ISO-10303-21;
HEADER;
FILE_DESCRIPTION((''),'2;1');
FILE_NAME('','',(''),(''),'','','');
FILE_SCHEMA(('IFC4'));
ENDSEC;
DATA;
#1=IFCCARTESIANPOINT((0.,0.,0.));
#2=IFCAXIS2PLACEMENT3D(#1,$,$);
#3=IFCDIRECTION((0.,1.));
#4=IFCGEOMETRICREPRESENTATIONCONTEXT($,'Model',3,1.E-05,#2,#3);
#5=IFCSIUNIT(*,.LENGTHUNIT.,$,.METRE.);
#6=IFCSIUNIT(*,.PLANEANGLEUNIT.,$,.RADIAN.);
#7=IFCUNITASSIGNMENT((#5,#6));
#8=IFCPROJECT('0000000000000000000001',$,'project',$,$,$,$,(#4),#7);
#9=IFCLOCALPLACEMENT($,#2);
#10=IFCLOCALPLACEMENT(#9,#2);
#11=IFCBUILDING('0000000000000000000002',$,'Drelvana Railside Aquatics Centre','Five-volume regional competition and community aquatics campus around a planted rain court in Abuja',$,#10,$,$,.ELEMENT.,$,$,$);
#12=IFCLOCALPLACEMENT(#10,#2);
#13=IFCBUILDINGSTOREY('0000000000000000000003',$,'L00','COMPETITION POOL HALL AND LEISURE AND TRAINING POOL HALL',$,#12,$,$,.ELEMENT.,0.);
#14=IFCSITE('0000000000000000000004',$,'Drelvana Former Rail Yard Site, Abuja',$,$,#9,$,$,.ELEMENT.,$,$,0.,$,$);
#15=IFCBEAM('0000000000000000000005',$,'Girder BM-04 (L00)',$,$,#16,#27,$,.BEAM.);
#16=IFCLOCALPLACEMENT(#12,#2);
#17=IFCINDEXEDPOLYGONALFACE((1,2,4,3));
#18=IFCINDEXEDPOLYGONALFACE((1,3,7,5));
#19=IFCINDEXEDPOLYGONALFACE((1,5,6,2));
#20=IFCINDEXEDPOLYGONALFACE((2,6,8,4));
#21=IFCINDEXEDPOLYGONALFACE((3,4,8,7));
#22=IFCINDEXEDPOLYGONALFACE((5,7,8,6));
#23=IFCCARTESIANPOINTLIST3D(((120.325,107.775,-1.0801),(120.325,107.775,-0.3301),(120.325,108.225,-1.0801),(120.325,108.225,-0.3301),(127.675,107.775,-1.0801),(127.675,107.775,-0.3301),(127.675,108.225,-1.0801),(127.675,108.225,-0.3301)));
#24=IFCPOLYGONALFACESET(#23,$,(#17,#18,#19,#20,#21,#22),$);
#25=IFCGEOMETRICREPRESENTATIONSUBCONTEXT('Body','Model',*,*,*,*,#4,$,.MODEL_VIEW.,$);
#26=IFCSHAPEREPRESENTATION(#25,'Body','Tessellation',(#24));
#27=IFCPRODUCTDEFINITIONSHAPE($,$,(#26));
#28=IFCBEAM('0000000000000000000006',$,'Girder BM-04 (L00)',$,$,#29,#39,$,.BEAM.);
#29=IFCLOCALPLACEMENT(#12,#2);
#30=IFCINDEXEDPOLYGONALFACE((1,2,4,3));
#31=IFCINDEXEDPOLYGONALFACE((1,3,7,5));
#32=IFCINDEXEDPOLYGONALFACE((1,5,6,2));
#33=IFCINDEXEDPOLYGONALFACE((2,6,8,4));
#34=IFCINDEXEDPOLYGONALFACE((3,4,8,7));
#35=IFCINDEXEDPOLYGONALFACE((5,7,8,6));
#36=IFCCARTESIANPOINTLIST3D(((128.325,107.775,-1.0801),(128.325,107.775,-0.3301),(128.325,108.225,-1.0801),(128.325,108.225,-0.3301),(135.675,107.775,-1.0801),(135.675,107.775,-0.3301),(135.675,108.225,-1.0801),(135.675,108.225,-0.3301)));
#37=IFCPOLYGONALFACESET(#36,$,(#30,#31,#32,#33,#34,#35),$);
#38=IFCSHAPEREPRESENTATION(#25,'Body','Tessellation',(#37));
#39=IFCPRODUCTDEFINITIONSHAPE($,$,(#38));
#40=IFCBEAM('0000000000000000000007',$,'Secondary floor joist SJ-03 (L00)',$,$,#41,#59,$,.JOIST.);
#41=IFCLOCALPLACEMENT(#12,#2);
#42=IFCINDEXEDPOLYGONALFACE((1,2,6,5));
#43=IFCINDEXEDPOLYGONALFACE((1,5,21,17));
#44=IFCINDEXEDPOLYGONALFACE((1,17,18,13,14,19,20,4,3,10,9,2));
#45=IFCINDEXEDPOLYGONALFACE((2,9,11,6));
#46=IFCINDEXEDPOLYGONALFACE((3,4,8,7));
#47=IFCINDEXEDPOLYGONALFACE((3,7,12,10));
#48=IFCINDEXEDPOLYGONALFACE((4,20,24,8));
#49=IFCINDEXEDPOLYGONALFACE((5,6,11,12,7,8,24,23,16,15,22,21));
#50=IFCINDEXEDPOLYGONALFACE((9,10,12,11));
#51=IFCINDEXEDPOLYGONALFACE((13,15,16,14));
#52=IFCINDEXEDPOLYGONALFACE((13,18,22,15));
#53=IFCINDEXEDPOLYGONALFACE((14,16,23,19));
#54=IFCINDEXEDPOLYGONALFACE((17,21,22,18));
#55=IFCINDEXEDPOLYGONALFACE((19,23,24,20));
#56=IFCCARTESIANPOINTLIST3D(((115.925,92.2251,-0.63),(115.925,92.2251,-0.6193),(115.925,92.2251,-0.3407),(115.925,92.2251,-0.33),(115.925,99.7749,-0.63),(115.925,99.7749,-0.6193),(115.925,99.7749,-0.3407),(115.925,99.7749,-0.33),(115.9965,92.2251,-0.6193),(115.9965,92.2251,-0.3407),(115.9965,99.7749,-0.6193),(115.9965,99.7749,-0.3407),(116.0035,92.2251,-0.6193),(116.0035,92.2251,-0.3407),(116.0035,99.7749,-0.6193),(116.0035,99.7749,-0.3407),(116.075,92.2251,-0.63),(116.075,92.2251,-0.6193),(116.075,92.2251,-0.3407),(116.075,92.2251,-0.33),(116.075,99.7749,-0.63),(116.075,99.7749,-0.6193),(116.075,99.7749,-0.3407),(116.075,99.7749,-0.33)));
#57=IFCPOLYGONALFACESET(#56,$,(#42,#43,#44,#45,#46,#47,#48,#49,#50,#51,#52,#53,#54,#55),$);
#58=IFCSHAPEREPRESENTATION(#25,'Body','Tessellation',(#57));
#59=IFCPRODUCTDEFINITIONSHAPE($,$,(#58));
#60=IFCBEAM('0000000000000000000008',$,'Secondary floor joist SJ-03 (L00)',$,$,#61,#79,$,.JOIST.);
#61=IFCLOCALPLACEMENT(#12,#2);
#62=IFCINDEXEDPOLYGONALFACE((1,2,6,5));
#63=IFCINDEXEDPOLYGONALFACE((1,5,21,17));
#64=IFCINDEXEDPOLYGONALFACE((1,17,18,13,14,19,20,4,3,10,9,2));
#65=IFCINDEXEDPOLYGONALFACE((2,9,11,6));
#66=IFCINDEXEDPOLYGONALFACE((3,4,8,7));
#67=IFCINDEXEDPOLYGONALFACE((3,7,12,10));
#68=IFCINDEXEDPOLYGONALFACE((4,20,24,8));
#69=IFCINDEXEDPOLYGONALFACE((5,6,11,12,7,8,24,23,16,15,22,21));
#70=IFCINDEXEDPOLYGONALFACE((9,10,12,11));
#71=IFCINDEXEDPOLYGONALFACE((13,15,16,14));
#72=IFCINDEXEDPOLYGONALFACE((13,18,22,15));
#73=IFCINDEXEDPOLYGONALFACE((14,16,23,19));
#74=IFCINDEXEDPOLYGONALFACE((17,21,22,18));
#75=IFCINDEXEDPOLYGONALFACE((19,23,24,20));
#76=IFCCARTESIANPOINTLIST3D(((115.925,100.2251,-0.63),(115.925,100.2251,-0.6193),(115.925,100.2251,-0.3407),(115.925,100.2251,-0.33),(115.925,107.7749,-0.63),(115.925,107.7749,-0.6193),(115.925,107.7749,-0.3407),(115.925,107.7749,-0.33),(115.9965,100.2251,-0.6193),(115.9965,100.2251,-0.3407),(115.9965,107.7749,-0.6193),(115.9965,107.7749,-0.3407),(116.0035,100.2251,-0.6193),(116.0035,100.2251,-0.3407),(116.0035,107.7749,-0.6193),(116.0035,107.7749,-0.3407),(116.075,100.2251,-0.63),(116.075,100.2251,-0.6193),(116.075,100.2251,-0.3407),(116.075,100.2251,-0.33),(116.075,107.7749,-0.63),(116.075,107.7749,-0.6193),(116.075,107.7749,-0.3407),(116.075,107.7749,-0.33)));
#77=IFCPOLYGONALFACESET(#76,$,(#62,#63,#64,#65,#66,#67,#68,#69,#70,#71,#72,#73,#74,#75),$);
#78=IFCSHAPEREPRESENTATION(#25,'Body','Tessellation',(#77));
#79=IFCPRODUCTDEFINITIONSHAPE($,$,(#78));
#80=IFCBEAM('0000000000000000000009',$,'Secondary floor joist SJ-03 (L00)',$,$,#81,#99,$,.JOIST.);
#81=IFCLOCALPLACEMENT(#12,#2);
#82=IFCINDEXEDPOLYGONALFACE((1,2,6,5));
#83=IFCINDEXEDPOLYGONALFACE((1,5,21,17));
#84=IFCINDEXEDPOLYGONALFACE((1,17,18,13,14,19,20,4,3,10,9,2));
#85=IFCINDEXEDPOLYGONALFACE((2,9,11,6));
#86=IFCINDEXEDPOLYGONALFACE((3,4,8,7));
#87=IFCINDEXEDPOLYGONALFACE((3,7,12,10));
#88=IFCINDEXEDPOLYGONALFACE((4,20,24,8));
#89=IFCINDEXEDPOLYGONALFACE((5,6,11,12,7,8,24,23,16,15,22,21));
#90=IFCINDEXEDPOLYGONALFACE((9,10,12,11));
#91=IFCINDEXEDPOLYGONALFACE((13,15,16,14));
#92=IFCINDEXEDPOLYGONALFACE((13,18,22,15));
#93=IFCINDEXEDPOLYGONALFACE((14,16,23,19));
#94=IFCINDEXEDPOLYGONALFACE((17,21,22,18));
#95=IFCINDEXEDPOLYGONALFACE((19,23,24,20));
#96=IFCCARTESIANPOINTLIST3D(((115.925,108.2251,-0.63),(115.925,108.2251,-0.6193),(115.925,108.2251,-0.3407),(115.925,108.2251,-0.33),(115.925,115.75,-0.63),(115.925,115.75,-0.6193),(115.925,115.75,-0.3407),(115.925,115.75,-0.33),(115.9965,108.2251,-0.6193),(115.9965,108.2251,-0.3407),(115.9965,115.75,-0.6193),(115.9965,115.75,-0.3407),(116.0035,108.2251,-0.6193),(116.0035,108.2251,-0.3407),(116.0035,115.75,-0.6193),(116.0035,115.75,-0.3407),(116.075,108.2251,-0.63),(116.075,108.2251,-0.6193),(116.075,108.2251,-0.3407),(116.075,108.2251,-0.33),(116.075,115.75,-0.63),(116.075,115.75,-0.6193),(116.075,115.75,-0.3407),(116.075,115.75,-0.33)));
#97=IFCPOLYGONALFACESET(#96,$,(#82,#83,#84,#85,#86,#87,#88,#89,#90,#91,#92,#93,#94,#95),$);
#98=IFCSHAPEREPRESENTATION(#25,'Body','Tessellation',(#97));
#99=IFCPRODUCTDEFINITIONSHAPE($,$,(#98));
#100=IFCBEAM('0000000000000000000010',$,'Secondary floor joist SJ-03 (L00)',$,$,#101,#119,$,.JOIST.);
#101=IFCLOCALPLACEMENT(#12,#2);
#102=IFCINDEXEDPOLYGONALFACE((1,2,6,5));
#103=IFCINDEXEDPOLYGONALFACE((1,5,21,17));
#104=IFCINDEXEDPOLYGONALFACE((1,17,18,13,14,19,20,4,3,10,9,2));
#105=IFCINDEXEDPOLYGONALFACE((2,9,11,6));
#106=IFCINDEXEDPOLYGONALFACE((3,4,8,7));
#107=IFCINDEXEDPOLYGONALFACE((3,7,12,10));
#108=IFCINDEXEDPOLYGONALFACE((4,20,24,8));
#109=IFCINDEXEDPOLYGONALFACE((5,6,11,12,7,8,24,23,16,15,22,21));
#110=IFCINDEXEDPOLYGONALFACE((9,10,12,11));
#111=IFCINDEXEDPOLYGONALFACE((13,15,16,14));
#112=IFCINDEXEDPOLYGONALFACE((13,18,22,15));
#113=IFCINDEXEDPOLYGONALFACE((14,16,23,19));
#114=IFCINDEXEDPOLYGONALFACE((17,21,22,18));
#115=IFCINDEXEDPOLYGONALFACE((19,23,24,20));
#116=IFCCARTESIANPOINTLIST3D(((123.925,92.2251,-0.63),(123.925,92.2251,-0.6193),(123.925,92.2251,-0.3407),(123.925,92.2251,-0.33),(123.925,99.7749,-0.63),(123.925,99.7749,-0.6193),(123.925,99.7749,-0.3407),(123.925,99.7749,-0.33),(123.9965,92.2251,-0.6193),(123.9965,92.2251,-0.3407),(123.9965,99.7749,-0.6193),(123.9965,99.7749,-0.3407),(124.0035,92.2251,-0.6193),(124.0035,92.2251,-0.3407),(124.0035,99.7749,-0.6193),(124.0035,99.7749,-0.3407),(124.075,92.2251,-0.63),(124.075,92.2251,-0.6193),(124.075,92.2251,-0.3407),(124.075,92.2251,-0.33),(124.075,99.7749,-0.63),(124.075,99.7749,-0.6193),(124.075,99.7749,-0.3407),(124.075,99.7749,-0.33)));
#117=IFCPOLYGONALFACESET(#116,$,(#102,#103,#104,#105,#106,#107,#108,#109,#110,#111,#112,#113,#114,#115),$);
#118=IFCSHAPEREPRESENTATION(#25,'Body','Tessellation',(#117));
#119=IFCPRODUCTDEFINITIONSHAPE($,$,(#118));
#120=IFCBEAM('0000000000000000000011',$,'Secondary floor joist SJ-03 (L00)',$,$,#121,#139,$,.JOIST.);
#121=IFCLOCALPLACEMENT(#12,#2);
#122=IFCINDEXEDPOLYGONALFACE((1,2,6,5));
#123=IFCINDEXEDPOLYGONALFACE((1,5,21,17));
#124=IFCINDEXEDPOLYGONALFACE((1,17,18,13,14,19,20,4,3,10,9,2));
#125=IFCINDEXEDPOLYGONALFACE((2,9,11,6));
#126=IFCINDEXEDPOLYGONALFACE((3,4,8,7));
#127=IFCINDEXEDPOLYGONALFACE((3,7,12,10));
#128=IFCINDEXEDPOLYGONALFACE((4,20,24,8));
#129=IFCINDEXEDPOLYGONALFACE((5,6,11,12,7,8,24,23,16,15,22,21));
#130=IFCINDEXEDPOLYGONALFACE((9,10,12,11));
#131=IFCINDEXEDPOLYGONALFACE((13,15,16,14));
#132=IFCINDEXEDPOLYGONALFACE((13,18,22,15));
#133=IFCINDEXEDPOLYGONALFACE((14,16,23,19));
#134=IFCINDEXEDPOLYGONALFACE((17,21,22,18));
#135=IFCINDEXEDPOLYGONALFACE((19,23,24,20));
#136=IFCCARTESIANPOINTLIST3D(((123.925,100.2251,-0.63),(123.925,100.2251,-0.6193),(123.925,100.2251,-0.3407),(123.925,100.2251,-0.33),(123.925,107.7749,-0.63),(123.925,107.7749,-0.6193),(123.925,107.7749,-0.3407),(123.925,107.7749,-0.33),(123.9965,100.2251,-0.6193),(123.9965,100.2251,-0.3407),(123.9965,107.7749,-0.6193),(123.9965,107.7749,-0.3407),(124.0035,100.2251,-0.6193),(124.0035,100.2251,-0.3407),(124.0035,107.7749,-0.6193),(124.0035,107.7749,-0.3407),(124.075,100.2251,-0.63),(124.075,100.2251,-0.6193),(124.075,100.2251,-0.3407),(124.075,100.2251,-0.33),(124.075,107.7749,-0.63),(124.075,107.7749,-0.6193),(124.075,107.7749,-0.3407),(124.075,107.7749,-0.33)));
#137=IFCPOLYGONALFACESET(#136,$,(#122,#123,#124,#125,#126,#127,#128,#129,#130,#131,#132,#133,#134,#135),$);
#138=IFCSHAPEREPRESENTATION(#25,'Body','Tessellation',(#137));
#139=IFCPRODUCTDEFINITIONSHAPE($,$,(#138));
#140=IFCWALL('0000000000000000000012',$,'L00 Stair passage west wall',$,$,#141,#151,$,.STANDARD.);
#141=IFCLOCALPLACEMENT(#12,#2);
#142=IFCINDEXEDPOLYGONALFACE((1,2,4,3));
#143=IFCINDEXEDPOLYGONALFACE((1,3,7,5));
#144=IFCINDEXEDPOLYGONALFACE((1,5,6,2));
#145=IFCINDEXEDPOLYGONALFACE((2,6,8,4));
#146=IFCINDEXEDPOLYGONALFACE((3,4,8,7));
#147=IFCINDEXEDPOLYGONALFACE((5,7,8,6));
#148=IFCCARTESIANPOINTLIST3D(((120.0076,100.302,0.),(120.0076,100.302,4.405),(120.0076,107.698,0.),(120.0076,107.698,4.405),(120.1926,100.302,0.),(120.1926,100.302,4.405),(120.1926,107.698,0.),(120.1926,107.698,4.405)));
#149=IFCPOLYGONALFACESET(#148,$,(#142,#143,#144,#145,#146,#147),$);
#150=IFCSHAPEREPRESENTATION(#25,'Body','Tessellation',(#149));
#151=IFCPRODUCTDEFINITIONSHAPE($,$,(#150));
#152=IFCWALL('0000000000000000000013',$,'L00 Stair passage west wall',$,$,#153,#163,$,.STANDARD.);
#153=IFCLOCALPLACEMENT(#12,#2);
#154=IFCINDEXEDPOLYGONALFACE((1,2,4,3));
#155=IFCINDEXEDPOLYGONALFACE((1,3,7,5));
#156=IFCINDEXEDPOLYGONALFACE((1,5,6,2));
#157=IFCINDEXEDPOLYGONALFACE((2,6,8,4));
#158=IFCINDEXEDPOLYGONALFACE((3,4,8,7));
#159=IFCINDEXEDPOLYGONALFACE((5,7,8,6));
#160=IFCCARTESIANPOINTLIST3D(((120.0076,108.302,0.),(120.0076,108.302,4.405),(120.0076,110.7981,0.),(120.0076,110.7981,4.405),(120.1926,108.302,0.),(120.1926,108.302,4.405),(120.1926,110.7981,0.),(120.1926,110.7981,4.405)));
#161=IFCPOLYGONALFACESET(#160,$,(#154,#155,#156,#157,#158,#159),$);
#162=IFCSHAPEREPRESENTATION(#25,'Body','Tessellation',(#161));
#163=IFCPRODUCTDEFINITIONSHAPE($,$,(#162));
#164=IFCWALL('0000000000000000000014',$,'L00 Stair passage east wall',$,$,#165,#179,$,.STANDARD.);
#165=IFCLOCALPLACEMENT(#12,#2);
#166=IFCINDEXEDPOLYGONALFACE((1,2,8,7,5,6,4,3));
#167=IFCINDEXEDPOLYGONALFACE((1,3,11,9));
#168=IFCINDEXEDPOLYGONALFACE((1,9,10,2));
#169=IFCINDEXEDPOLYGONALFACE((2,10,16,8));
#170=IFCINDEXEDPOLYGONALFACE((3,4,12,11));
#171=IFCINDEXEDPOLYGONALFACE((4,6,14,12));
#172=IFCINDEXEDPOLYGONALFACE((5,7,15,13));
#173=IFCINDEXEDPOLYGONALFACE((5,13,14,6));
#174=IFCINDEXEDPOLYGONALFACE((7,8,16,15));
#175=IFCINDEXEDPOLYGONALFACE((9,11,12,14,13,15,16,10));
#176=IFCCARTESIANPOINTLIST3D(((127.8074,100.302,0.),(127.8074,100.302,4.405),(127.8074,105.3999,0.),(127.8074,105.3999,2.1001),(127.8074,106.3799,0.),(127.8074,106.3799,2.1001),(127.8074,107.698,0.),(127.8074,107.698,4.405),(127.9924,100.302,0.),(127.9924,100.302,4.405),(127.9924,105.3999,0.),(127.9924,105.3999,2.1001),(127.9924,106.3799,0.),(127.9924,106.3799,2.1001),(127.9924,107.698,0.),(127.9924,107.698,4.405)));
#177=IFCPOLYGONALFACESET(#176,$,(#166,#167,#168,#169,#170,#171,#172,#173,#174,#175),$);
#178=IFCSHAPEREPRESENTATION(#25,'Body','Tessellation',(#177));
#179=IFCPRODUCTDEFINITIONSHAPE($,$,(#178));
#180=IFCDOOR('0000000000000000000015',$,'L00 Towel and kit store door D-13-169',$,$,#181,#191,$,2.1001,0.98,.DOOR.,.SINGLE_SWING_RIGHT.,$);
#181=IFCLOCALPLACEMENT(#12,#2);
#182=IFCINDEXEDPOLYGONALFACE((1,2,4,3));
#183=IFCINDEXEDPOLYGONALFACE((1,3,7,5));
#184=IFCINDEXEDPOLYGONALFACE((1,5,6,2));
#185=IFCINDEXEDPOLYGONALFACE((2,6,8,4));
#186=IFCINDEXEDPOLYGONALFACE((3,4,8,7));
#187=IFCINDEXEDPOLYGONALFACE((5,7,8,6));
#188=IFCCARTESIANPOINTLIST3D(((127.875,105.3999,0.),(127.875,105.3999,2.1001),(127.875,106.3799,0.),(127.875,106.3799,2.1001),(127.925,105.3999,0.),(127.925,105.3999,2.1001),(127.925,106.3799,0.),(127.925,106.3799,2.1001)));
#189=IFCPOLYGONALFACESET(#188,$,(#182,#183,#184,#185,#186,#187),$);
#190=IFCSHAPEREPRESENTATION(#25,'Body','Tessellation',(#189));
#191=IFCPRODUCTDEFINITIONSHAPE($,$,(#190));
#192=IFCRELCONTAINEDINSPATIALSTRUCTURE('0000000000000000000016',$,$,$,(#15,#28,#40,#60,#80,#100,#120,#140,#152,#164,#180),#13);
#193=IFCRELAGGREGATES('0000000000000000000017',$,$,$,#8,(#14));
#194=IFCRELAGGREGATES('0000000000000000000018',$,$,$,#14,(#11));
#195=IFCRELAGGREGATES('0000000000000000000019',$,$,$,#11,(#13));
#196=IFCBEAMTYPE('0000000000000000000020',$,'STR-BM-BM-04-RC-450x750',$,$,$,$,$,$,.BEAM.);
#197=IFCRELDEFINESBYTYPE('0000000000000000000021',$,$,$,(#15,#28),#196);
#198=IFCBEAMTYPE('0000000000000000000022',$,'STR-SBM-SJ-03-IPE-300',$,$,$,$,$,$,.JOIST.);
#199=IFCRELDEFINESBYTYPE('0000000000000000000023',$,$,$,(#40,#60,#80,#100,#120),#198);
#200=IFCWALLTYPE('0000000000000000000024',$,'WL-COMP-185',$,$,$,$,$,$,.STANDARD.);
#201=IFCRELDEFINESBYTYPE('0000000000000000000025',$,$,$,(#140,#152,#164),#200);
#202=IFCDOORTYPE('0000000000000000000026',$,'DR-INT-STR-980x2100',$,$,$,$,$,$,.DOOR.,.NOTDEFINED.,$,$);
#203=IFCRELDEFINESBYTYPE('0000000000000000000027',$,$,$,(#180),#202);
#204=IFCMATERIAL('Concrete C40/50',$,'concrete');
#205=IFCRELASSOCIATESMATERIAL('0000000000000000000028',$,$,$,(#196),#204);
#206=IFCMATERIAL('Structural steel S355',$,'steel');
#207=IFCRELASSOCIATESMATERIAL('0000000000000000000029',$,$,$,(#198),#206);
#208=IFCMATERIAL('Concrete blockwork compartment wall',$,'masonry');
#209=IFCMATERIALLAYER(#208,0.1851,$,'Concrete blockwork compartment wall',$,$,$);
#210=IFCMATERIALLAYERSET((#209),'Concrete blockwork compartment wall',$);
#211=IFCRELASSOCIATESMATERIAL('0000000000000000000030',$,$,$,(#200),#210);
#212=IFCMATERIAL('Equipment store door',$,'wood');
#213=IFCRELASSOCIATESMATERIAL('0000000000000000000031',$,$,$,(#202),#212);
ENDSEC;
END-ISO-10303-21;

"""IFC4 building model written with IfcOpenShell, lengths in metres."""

from ifc_helpers import new_model, si_unit, direction, frame, frame_2d, origin, origin_2d, place, context, subcontext, project, spatial, rectangle, i_section, extrude, material, layer, layer_set, material_profile, profile_set, type_object, element, fill, save


model = new_model("IFC4")

# Units and contexts
model_context = context("Model", 3, precision=1e-05, world=origin(), true_north=direction((0.0, 1.0)))
body_context = subcontext(model_context, "Body", "Model", "MODEL_VIEW")
ifc_project = project(units=[si_unit("LENGTHUNIT", "METRE"), si_unit("PLANEANGLEUNIT", "RADIAN")], contexts=[model_context])

# Site, building, storey
site_placement = place(None, origin())
site = spatial("IfcSite", under=ifc_project, at=site_placement, Name="Drelvana Former Rail Yard Site, Abuja", CompositionType="ELEMENT", RefElevation=0.0)
building_placement = place(site_placement, origin())
building = spatial("IfcBuilding", under=site, at=building_placement, Name="Drelvana Railside Aquatics Centre", Description="Five-volume regional competition and community aquatics campus around a planted rain court in Abuja", CompositionType="ELEMENT")
storey_placement = place(building_placement, origin())
storey = spatial("IfcBuildingStorey", under=building, at=storey_placement, Name="L00", Description="COMPETITION POOL HALL AND LEISURE AND TRAINING POOL HALL", CompositionType="ELEMENT", Elevation=0.0)

# Shared definitions
ifc_material_1 = material(Name="Concrete C40/50", Category="concrete")

# Beams
ifc_material_profile_1 = material_profile(ifc_material_1, rectangle(XDim=0.45, YDim=0.75, at=origin_2d()), Name="RC 450x750")
ifc_profile_set_1 = profile_set([ifc_material_profile_1], Name="Concrete C40/50")
beam_type_1 = type_object("IfcBeamType", Name="STR-BM-BM-04-RC-450x750", PredefinedType="BEAM", material=ifc_profile_set_1)
for number, where, z_axis, x_axis, name in (
    (1, (120.325, 108.0, -0.7051), (1.0, 0.0, 0.0), (0.0, 1.0, 0.0), "Girder BM-04 (L00)"),
    (2, (128.325, 108.0, -0.7051), (1.0, 0.0, 0.0), (0.0, 1.0, 0.0), "Girder BM-04 (L00)"),
):
    element("IfcBeam", number, at=place(storey_placement, frame(where, z_axis=z_axis, x_axis=x_axis)), inside=storey, type_object=beam_type_1, Name=name, PredefinedType="BEAM", context=body_context, shape_type="SweptSolid", body=[
        extrude(rectangle(XDim=0.45, YDim=0.75, at=origin_2d()), origin(), (0.0, 0.0, 1.0), 7.3501),
    ])
ifc_material_2 = material(Name="Structural steel S355", Category="steel")
ifc_material_profile_2 = material_profile(ifc_material_2, i_section(OverallWidth=0.1499, OverallDepth=0.3, WebThickness=0.0071, FlangeThickness=0.0107, at=origin_2d()), Name="IPE 300")
ifc_profile_set_2 = profile_set([ifc_material_profile_2], Name="Structural steel S355")
beam_type_2 = type_object("IfcBeamType", Name="STR-SBM-SJ-03-IPE-300", PredefinedType="JOIST", material=ifc_profile_set_2)
for number, where, z_axis, x_axis, name in (
    (3, (116.0, 92.2251, -0.48), (0.0, 1.0, 0.0), (-1.0, 0.0, 0.0), "Secondary floor joist SJ-03 (L00)"),
    (4, (116.0, 100.2251, -0.48), (0.0, 1.0, 0.0), (-1.0, 0.0, 0.0), "Secondary floor joist SJ-03 (L00)"),
):
    element("IfcBeam", number, at=place(storey_placement, frame(where, z_axis=z_axis, x_axis=x_axis)), inside=storey, type_object=beam_type_2, Name=name, PredefinedType="JOIST", context=body_context, shape_type="SweptSolid", body=[
        extrude(i_section(OverallWidth=0.1499, OverallDepth=0.3, WebThickness=0.0071, FlangeThickness=0.0107, at=origin_2d()), origin(), (0.0, 0.0, 1.0), 7.5498),
    ])
beam_placement = place(storey_placement, frame((116.0, 108.2251, -0.48), z_axis=(0.0, 1.0, 0.0), x_axis=(-1.0, 0.0, 0.0)))
element("IfcBeam", 5, at=beam_placement, inside=storey, type_object=beam_type_2, Name="Secondary floor joist SJ-03 (L00)", PredefinedType="JOIST", context=body_context, shape_type="SweptSolid", body=[
    extrude(i_section(OverallWidth=0.1499, OverallDepth=0.3, WebThickness=0.0071, FlangeThickness=0.0107, at=origin_2d()), origin(), (0.0, 0.0, 1.0), 7.5249),
])
for number, where, z_axis, x_axis, name in (
    (6, (124.0, 92.2251, -0.48), (0.0, 1.0, 0.0), (-1.0, 0.0, 0.0), "Secondary floor joist SJ-03 (L00)"),
    (7, (124.0, 100.2251, -0.48), (0.0, 1.0, 0.0), (-1.0, 0.0, 0.0), "Secondary floor joist SJ-03 (L00)"),
):
    element("IfcBeam", number, at=place(storey_placement, frame(where, z_axis=z_axis, x_axis=x_axis)), inside=storey, type_object=beam_type_2, Name=name, PredefinedType="JOIST", context=body_context, shape_type="SweptSolid", body=[
        extrude(i_section(OverallWidth=0.1499, OverallDepth=0.3, WebThickness=0.0071, FlangeThickness=0.0107, at=origin_2d()), origin(), (0.0, 0.0, 1.0), 7.5498),
    ])

# Walls
ifc_material_3 = material(Name="Concrete blockwork compartment wall", Category="masonry")
ifc_layer_1 = layer(ifc_material_3, 0.1851, Name="Concrete blockwork compartment wall")
ifc_layer_set_1 = layer_set([ifc_layer_1], Name="Concrete blockwork compartment wall")
wall_type_1 = type_object("IfcWallType", Name="WL-COMP-185", PredefinedType="STANDARD", material=ifc_layer_set_1)
wall_1_placement = place(storey_placement, frame((120.1001, 100.302, 0.0), z_axis=(0.0, 0.0, 1.0), x_axis=(0.0, 1.0, 0.0)))
element("IfcWall", 8, at=wall_1_placement, inside=storey, type_object=wall_type_1, Name="L00 Stair passage west wall", PredefinedType="STANDARD", context=body_context, shape_type="SweptSolid", body=[
    extrude(rectangle(XDim=7.396, YDim=0.1851, at=frame_2d((3.698, 0.0))), origin(), (0.0, 0.0, 1.0), 4.405),
])
wall_2_placement = place(storey_placement, frame((120.1001, 108.302, 0.0), z_axis=(0.0, 0.0, 1.0), x_axis=(0.0, 1.0, 0.0)))
element("IfcWall", 9, at=wall_2_placement, inside=storey, type_object=wall_type_1, Name="L00 Stair passage west wall", PredefinedType="STANDARD", context=body_context, shape_type="SweptSolid", body=[
    extrude(rectangle(XDim=2.4961, YDim=0.1851, at=frame_2d((1.248, 0.0))), origin(), (0.0, 0.0, 1.0), 4.405),
])

# Wall, opening, door
wall_3_placement = place(storey_placement, frame((127.8999, 100.302, 0.0), z_axis=(0.0, 0.0, 1.0), x_axis=(0.0, 1.0, 0.0)))
wall_3 = element("IfcWall", 10, at=wall_3_placement, inside=storey, type_object=wall_type_1, Name="L00 Stair passage east wall", PredefinedType="STANDARD", context=body_context, shape_type="SweptSolid", body=[
    extrude(rectangle(XDim=7.396, YDim=0.1851, at=frame_2d((3.698, 0.0))), origin(), (0.0, 0.0, 1.0), 4.405),
])
opening_1_placement = place(wall_3_placement, frame((5.0979, 0.0, 0.0)))
opening_1 = element("IfcOpeningElement", 11, at=opening_1_placement, cuts=wall_3, PredefinedType="OPENING", context=body_context, shape_type="SweptSolid", body=[
    extrude(rectangle(XDim=0.98, YDim=2.1001, at=frame_2d((0.49, 1.05))), frame((0.0, 0.1025, 0.0), z_axis=(0.0, -1.0, 0.0), x_axis=(1.0, 0.0, 0.0)), (0.0, 0.0, 1.0), 0.2051),
])
ifc_material_4 = material(Name="Equipment store door", Category="wood")
door_type_1 = type_object("IfcDoorType", Name="DR-INT-STR-980x2100", OperationType="NOTDEFINED", PredefinedType="DOOR", material=ifc_material_4)
door_1_placement = place(opening_1_placement, origin())
door_1 = element("IfcDoor", 12, at=door_1_placement, inside=storey, type_object=door_type_1, Name="L00 Towel and kit store door D-13-169", OperationType="SINGLE_SWING_RIGHT", OverallHeight=2.1001, OverallWidth=0.98, PredefinedType="DOOR", context=body_context, shape_type="SweptSolid", body=[
    extrude(rectangle(XDim=0.98, YDim=2.1001, at=frame_2d((0.49, 1.05))), frame((0.0, 0.0249, 0.0), z_axis=(0.0, -1.0, 0.0), x_axis=(1.0, 0.0, 0.0)), (0.0, 0.0, 1.0), 0.05),
])
fill(opening_1, door_1)

save(model, "model.ifc")
